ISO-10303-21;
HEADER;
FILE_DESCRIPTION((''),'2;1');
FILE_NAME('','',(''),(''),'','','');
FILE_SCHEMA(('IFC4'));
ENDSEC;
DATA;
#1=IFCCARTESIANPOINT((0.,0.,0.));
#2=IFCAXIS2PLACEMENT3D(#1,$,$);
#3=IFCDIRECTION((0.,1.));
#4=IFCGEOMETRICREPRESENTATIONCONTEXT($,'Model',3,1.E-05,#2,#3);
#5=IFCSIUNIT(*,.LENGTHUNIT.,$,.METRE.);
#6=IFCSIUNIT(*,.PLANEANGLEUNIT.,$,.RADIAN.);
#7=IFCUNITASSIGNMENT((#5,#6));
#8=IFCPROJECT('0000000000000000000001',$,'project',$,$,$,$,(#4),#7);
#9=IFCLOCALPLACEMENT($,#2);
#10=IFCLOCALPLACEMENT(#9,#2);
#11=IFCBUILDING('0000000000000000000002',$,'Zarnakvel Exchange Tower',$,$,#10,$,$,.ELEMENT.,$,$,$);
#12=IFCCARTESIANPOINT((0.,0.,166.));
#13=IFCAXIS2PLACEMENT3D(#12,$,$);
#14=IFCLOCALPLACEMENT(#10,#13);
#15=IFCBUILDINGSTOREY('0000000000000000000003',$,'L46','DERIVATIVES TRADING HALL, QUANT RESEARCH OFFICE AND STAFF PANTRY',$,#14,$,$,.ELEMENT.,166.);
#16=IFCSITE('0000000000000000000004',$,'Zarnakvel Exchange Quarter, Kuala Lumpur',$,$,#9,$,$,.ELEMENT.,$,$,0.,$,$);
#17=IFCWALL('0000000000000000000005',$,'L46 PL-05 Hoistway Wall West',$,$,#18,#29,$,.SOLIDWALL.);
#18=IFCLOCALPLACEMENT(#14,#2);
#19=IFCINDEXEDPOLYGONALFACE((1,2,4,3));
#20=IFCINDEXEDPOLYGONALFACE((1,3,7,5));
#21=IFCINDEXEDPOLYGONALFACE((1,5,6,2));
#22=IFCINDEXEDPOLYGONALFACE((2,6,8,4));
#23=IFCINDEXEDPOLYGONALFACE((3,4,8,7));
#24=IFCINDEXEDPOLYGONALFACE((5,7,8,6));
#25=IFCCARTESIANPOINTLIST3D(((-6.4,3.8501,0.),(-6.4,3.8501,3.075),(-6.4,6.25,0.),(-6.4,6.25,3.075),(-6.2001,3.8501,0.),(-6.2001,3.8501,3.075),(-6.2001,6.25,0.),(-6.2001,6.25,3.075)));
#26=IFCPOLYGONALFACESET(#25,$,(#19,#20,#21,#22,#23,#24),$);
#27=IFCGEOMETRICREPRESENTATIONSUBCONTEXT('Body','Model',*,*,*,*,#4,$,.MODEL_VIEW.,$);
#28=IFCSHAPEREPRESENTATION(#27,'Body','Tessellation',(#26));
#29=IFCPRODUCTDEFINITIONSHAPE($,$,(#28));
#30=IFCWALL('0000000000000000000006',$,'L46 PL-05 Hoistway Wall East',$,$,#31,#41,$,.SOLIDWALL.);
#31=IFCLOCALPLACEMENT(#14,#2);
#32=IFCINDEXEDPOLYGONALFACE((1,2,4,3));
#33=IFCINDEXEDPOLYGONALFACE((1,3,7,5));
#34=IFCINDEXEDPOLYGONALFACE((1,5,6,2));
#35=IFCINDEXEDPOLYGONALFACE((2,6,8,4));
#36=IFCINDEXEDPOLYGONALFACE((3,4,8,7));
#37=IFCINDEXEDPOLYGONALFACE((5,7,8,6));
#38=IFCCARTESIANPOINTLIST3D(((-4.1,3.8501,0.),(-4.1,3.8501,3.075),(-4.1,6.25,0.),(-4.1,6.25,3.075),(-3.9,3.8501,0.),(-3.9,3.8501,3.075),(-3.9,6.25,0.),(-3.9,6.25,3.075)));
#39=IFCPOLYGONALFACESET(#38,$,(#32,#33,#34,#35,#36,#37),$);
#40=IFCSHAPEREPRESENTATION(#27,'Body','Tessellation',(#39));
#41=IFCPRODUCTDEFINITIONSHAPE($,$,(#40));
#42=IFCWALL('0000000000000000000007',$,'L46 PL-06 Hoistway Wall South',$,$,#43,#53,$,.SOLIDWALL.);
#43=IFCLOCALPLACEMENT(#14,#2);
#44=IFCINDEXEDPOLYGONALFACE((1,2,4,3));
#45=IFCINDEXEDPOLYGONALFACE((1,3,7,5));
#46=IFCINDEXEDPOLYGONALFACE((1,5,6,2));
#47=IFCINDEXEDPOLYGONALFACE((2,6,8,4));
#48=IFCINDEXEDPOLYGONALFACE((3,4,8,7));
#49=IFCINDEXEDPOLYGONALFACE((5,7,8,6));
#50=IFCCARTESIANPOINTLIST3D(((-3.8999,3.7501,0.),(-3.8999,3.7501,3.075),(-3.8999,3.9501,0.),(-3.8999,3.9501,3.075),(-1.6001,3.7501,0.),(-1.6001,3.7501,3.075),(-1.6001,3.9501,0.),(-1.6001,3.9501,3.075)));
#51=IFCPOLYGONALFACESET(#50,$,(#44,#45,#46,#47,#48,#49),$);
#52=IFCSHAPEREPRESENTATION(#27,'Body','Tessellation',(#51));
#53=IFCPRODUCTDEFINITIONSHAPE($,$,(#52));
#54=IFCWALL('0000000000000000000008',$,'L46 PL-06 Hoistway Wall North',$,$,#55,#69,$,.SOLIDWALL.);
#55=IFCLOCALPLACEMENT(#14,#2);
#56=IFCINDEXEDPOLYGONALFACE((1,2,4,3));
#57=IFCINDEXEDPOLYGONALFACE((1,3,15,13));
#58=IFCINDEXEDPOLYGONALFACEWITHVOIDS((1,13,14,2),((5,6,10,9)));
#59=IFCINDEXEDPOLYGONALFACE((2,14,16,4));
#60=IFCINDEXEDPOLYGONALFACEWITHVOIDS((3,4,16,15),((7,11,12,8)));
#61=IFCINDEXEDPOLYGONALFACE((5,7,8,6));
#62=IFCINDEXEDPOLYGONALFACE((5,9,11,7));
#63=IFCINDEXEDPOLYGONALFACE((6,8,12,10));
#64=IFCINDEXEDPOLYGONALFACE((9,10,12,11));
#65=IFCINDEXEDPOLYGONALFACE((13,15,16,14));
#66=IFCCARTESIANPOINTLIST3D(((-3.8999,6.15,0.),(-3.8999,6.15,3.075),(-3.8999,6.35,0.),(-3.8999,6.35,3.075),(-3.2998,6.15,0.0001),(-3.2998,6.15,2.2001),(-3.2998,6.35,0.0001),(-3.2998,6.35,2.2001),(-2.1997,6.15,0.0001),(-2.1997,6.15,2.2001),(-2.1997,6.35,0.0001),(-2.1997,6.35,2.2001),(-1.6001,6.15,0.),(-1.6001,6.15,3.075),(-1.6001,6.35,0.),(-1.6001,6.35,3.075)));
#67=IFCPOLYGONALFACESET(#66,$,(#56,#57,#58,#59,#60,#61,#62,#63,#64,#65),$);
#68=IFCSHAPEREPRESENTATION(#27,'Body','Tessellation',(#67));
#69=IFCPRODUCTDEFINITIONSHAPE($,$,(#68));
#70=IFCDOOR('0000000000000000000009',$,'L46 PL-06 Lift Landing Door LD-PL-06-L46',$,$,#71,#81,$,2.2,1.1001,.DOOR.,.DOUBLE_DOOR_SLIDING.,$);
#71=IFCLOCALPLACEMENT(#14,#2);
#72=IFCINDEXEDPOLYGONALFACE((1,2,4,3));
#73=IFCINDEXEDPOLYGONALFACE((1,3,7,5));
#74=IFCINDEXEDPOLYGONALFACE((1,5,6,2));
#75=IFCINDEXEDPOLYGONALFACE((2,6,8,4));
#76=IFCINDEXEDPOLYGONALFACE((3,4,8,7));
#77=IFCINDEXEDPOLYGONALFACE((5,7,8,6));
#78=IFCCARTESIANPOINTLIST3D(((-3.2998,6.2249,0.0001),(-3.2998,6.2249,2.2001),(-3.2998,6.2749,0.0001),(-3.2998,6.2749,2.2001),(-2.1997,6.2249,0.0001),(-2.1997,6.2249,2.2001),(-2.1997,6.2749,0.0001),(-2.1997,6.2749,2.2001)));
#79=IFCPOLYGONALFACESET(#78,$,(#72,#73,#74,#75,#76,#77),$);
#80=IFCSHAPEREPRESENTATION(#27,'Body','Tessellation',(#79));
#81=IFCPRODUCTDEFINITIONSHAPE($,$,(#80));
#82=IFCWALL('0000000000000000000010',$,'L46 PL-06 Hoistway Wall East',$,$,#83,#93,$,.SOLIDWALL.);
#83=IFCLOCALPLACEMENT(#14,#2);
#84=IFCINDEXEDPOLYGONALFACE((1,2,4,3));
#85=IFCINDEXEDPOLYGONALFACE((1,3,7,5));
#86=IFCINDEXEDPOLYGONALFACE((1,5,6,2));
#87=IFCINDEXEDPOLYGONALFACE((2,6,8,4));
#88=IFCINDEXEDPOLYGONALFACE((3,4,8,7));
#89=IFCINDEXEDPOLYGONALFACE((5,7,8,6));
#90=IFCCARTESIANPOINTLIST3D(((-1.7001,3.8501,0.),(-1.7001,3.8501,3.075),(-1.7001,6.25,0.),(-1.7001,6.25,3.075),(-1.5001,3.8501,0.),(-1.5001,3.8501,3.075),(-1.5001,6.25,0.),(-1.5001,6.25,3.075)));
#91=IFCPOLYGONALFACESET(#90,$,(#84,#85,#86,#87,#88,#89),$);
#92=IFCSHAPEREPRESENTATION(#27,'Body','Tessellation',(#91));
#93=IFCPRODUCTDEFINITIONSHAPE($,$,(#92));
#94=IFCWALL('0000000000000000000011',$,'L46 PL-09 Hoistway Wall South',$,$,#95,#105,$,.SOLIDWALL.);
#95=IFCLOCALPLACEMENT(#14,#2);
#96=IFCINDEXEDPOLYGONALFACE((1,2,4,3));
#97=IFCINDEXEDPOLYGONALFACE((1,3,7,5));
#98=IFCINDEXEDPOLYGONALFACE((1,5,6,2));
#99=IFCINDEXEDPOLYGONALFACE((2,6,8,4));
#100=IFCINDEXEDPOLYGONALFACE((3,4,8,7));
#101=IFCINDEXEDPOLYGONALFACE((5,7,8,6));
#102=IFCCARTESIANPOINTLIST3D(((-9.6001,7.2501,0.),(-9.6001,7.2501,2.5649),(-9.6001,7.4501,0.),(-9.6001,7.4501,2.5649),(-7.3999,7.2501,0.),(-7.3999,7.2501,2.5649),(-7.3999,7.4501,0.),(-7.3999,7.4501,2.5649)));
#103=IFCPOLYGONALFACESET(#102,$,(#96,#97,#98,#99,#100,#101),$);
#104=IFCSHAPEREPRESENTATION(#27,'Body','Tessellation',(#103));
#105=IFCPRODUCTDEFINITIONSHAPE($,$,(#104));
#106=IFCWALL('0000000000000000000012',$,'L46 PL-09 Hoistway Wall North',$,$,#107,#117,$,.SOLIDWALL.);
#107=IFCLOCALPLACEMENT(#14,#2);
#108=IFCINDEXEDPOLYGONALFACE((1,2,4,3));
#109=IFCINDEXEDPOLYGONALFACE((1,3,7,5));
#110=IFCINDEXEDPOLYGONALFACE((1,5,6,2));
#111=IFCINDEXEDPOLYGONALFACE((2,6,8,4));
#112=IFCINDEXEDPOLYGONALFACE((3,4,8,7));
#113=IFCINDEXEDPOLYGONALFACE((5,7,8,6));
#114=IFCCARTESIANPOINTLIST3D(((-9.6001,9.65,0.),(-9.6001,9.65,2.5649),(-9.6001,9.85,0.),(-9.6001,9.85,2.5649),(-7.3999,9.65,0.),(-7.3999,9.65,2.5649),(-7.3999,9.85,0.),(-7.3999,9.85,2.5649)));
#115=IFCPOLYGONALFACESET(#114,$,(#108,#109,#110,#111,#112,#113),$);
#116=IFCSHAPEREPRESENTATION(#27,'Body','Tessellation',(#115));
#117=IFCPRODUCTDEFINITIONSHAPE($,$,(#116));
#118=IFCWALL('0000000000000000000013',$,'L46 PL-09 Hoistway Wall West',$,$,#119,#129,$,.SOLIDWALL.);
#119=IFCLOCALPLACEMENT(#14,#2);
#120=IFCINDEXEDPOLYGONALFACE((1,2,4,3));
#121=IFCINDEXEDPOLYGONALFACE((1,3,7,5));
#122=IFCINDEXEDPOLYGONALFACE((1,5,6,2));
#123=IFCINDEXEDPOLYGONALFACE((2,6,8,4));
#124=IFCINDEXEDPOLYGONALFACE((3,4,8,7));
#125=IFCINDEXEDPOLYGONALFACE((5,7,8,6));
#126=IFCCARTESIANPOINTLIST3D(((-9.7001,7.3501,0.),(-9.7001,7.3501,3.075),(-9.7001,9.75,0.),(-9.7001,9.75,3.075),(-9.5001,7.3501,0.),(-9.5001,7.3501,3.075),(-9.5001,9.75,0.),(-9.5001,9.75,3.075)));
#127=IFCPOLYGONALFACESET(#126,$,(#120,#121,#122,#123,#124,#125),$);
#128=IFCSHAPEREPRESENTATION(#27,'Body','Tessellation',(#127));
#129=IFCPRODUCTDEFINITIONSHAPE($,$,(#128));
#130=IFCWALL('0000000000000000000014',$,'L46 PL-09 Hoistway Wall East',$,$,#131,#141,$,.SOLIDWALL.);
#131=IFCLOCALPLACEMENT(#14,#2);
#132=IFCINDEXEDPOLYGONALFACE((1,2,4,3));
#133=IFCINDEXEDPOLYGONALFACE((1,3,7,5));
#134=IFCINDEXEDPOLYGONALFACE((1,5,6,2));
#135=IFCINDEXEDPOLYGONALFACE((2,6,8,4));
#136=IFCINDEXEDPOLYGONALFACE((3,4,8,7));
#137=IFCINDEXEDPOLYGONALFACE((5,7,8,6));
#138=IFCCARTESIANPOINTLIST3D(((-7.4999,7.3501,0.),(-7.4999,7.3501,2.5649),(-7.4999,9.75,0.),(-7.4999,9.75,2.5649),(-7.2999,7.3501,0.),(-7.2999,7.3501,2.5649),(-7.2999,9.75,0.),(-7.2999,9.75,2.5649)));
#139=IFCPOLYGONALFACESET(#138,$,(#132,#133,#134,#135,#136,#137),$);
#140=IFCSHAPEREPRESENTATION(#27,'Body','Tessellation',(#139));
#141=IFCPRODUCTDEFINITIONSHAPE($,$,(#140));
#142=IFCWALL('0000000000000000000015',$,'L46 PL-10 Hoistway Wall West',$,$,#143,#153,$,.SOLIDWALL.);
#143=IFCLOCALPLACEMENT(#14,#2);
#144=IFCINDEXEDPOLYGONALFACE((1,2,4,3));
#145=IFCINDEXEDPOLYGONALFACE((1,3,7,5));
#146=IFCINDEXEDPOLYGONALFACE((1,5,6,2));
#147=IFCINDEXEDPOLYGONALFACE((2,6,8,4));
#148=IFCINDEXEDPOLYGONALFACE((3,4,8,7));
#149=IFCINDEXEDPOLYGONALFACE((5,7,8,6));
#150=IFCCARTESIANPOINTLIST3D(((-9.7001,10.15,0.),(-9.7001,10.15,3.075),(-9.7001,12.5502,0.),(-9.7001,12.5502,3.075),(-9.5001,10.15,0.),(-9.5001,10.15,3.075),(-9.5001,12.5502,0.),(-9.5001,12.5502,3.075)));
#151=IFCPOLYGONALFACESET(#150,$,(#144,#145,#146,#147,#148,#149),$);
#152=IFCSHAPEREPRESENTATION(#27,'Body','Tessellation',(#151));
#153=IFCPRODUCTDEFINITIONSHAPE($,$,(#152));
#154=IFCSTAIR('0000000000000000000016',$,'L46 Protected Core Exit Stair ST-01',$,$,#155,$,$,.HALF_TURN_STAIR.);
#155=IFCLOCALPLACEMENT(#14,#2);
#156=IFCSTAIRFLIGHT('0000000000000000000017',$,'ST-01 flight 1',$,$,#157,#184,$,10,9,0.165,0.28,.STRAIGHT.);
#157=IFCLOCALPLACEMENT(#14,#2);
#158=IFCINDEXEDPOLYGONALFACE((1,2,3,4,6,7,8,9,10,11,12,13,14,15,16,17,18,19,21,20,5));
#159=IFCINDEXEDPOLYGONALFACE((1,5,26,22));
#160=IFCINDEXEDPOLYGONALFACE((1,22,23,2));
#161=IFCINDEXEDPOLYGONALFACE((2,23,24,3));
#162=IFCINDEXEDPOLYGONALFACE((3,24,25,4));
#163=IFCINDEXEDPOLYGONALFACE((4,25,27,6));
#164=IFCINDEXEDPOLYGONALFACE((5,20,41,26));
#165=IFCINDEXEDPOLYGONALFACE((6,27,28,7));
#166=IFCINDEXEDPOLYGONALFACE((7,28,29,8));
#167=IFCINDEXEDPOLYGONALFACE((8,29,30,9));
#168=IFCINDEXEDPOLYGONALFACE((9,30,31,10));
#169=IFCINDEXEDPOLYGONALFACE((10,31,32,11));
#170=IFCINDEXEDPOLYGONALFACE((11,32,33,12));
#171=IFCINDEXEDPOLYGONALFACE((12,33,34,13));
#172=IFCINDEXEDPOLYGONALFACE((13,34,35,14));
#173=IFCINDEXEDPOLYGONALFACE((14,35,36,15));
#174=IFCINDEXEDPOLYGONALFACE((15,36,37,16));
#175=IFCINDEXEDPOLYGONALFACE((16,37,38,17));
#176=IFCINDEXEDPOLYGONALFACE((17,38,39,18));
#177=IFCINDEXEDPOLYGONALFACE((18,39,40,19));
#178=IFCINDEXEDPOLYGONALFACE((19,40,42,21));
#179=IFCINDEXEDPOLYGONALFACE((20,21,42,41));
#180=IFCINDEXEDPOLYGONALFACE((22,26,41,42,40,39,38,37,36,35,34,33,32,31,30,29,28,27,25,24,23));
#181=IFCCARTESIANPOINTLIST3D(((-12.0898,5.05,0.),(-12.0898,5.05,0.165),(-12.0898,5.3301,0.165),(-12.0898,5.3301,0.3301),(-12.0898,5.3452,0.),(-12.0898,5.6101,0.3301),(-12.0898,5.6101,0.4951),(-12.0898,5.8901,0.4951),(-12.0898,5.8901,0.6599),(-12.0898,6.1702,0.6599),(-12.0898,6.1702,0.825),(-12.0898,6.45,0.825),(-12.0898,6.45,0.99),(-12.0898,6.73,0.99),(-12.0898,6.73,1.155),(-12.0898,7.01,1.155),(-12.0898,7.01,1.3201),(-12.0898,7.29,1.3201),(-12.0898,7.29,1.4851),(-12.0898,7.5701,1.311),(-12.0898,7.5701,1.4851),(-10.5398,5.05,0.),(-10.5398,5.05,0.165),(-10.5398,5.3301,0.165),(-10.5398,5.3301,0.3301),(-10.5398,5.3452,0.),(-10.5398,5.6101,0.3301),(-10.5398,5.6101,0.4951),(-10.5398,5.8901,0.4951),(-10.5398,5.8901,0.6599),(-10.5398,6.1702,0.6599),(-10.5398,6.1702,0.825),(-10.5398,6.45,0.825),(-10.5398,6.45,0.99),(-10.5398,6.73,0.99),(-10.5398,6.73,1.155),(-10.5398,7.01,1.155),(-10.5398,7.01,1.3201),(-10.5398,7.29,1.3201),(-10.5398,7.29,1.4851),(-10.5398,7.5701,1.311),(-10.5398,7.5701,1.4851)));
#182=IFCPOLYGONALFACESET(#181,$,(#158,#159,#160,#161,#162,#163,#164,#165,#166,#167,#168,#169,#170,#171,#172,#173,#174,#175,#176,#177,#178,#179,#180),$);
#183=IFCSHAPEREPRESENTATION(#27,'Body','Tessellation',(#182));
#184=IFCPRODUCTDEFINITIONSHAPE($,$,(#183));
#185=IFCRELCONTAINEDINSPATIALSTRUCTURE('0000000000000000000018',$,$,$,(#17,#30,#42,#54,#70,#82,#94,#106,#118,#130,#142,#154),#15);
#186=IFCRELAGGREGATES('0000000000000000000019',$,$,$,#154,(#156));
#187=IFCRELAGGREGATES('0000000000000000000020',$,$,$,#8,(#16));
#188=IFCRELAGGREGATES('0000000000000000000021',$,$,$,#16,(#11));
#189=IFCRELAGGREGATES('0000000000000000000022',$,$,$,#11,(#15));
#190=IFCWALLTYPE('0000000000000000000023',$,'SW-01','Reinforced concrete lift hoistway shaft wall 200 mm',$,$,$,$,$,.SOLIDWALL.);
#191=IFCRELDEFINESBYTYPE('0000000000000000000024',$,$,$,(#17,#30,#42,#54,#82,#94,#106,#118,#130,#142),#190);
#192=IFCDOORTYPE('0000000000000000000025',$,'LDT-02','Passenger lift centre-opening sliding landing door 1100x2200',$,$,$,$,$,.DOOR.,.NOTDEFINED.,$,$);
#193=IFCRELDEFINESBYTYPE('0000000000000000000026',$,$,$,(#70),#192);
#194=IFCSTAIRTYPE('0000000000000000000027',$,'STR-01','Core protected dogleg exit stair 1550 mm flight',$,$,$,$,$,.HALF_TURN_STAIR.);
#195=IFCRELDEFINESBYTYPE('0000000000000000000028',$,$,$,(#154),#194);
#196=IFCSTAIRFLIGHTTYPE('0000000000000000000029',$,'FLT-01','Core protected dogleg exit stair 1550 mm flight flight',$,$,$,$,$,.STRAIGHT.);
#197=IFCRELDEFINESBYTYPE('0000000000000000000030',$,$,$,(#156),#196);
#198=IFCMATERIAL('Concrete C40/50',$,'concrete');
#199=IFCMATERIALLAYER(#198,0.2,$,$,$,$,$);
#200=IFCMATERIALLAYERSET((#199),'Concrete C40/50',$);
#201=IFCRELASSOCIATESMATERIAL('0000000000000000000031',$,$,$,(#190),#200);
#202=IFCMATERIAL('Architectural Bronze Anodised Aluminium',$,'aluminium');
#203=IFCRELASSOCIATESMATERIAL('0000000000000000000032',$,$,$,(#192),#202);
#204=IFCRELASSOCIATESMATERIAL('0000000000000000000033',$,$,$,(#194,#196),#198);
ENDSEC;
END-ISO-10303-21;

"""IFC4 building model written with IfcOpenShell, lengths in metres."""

from ifc_helpers import new_model, si_unit, direction, frame, frame_2d, origin, place, context, subcontext, project, spatial, polyline, rectangle, outline, extrude, source, transform, mapped, material, layer, layer_set, type_object, element, fill, aggregate, save


model = new_model("IFC4")

# Units and contexts
model_context = context("Model", 3, precision=1e-05, world=origin(), true_north=direction((0.0, 1.0)))
body_context = subcontext(model_context, "Body", "Model", "MODEL_VIEW")
ifc_project = project(units=[si_unit("LENGTHUNIT", "METRE"), si_unit("PLANEANGLEUNIT", "RADIAN")], contexts=[model_context])

# Site, building, storey
site_placement = place(None, origin())
site = spatial("IfcSite", under=ifc_project, at=site_placement, Name="Zarnakvel Exchange Quarter, Kuala Lumpur", CompositionType="ELEMENT", RefElevation=0.0)
building_placement = place(site_placement, origin())
building = spatial("IfcBuilding", under=site, at=building_placement, Name="Zarnakvel Exchange Tower", CompositionType="ELEMENT")
storey_placement = place(building_placement, frame((0.0, 0.0, 166.0)))
storey = spatial("IfcBuildingStorey", under=building, at=storey_placement, Name="L46", Description="DERIVATIVES TRADING HALL, QUANT RESEARCH OFFICE AND STAFF PANTRY", CompositionType="ELEMENT", Elevation=166.0)

# Shared definitions
ifc_material_1 = material(Name="Concrete C40/50", Category="concrete")
ifc_layer_1 = layer(ifc_material_1, 0.2)
ifc_layer_set_1 = layer_set([ifc_layer_1], Name="Concrete C40/50")
wall_type_1 = type_object("IfcWallType", Name="SW-01", Description="Reinforced concrete lift hoistway shaft wall 200 mm", PredefinedType="SOLIDWALL", material=ifc_layer_set_1)
shared_shape_1 = source(origin(), body_context, "Body", "SweptSolid", [
    extrude(rectangle(XDim=1.1001, YDim=2.2, at=frame_2d((0.55, 1.1001))), frame((0.0, 0.0249, 0.0), z_axis=(0.0, -1.0, 0.0), x_axis=(1.0, 0.0, 0.0)), (0.0, 0.0, 1.0), 0.05),
])

# Shared definitions
ifc_material_2 = material(Name="Architectural Bronze Anodised Aluminium", Category="aluminium")
door_type_1 = type_object("IfcDoorType", Name="LDT-02", Description="Passenger lift centre-opening sliding landing door 1100x2200", OperationType="NOTDEFINED", PredefinedType="DOOR", material=ifc_material_2)

# Walls
for number, where, z_axis, x_axis, name in (
    (1, (-6.3, 3.8501, 0.0), (0.0, 0.0, 1.0), (0.0, 1.0, 0.0), "L46 PL-05 Hoistway Wall West"),
    (2, (-4.0, 6.25, 0.0), (0.0, 0.0, 1.0), (0.0, -1.0, 0.0), "L46 PL-05 Hoistway Wall East"),
):
    element("IfcWall", number, at=place(storey_placement, frame(where, z_axis=z_axis, x_axis=x_axis)), inside=storey, type_object=wall_type_1, Name=name, PredefinedType="SOLIDWALL", context=body_context, shape_type="SweptSolid", body=[
        extrude(rectangle(XDim=2.3999, YDim=0.2, at=frame_2d((1.2, 0.0))), origin(), (0.0, 0.0, 1.0), 3.075),
    ])
wall_1_placement = place(storey_placement, frame((-1.6001, 3.8501, 0.0), z_axis=(0.0, 0.0, 1.0), x_axis=(-1.0, 0.0, 0.0)))
element("IfcWall", 3, at=wall_1_placement, inside=storey, type_object=wall_type_1, Name="L46 PL-06 Hoistway Wall South", PredefinedType="SOLIDWALL", context=body_context, shape_type="SweptSolid", body=[
    extrude(rectangle(XDim=2.2998, YDim=0.2, at=frame_2d((1.1499, 0.0))), origin(), (0.0, 0.0, 1.0), 3.075),
])

# Wall, opening, door
wall_2_placement = place(storey_placement, frame((-3.8999, 6.25, 0.0), z_axis=(0.0, 0.0, 1.0), x_axis=(1.0, 0.0, 0.0)))
wall_2 = element("IfcWall", 4, at=wall_2_placement, inside=storey, type_object=wall_type_1, Name="L46 PL-06 Hoistway Wall North", PredefinedType="SOLIDWALL", context=body_context, shape_type="SweptSolid", body=[
    extrude(rectangle(XDim=2.2998, YDim=0.2, at=frame_2d((1.1499, 0.0))), origin(), (0.0, 0.0, 1.0), 3.075),
])
opening_1_placement = place(wall_2_placement, frame((0.6001, 0.0, 0.0)))
opening_1 = element("IfcOpeningElement", 5, at=opening_1_placement, cuts=wall_2, PredefinedType="OPENING", context=body_context, shape_type="SweptSolid", body=[
    extrude(rectangle(XDim=1.1001, YDim=2.2, at=frame_2d((0.55, 1.1001))), frame((0.0, 0.1099, 0.0), z_axis=(0.0, -1.0, 0.0), x_axis=(1.0, 0.0, 0.0)), (0.0, 0.0, 1.0), 0.22),
])
door_1_placement = place(opening_1_placement, origin())
door_1 = element("IfcDoor", 6, at=door_1_placement, inside=storey, type_object=door_type_1, Name="L46 PL-06 Lift Landing Door LD-PL-06-L46", OperationType="DOUBLE_DOOR_SLIDING", OverallHeight=2.2, OverallWidth=1.1001, PredefinedType="DOOR", context=body_context, shape_type="MappedRepresentation", body=[
    mapped(shared_shape_1, transform((0.0, 0.0, 0.0), x_axis=(1.0, 0.0, 0.0), y_axis=(0.0, 1.0, 0.0), z_axis=(0.0, 0.0, 1.0), scale=1.0)),
])
fill(opening_1, door_1)

# Walls
wall_3_placement = place(storey_placement, frame((-1.6001, 6.25, 0.0), z_axis=(0.0, 0.0, 1.0), x_axis=(0.0, -1.0, 0.0)))
element("IfcWall", 7, at=wall_3_placement, inside=storey, type_object=wall_type_1, Name="L46 PL-06 Hoistway Wall East", PredefinedType="SOLIDWALL", context=body_context, shape_type="SweptSolid", body=[
    extrude(rectangle(XDim=2.3999, YDim=0.2, at=frame_2d((1.2, 0.0))), origin(), (0.0, 0.0, 1.0), 3.075),
])
for number, where, z_axis, x_axis, name in (
    (8, (-7.3999, 7.3501, 0.0), (0.0, 0.0, 1.0), (-1.0, 0.0, 0.0), "L46 PL-09 Hoistway Wall South"),
    (9, (-9.6001, 9.75, 0.0), (0.0, 0.0, 1.0), (1.0, 0.0, 0.0), "L46 PL-09 Hoistway Wall North"),
):
    element("IfcWall", number, at=place(storey_placement, frame(where, z_axis=z_axis, x_axis=x_axis)), inside=storey, type_object=wall_type_1, Name=name, PredefinedType="SOLIDWALL", context=body_context, shape_type="SweptSolid", body=[
        extrude(rectangle(XDim=2.2002, YDim=0.2, at=frame_2d((1.1001, 0.0))), origin(), (0.0, 0.0, 1.0), 2.5649),
    ])
wall_4_placement = place(storey_placement, frame((-9.6001, 7.3501, 0.0), z_axis=(0.0, 0.0, 1.0), x_axis=(0.0, 1.0, 0.0)))
element("IfcWall", 10, at=wall_4_placement, inside=storey, type_object=wall_type_1, Name="L46 PL-09 Hoistway Wall West", PredefinedType="SOLIDWALL", context=body_context, shape_type="SweptSolid", body=[
    extrude(rectangle(XDim=2.3999, YDim=0.2, at=frame_2d((1.2, 0.0))), origin(), (0.0, 0.0, 1.0), 3.075),
])
wall_5_placement = place(storey_placement, frame((-7.3999, 9.75, 0.0), z_axis=(0.0, 0.0, 1.0), x_axis=(0.0, -1.0, 0.0)))
element("IfcWall", 11, at=wall_5_placement, inside=storey, type_object=wall_type_1, Name="L46 PL-09 Hoistway Wall East", PredefinedType="SOLIDWALL", context=body_context, shape_type="SweptSolid", body=[
    extrude(rectangle(XDim=2.3999, YDim=0.2, at=frame_2d((1.2, 0.0))), origin(), (0.0, 0.0, 1.0), 2.5649),
])
wall_6_placement = place(storey_placement, frame((-9.6001, 10.1499, 0.0), z_axis=(0.0, 0.0, 1.0), x_axis=(0.0, 1.0, 0.0)))
element("IfcWall", 12, at=wall_6_placement, inside=storey, type_object=wall_type_1, Name="L46 PL-10 Hoistway Wall West", PredefinedType="SOLIDWALL", context=body_context, shape_type="SweptSolid", body=[
    extrude(rectangle(XDim=2.4001, YDim=0.2, at=frame_2d((1.2002, 0.0))), origin(), (0.0, 0.0, 1.0), 3.075),
])

# Stair, stair flight
stair_type = type_object("IfcStairType", Name="STR-01", Description="Core protected dogleg exit stair 1550 mm flight", PredefinedType="HALF_TURN_STAIR", material=ifc_material_1)
stair_placement = place(storey_placement, origin())
stair = element("IfcStair", 13, at=stair_placement, inside=storey, type_object=stair_type, Name="L46 Protected Core Exit Stair ST-01", PredefinedType="HALF_TURN_STAIR")
stair_flight_type = type_object("IfcStairFlightType", Name="FLT-01", Description="Core protected dogleg exit stair 1550 mm flight flight", PredefinedType="STRAIGHT", material=ifc_material_1)
stair_flight_placement = place(storey_placement, frame((-11.3149, 5.05, 0.0), z_axis=(0.0, 0.0, 1.0), x_axis=(0.0, 1.0, 0.0)))
stair_flight = element("IfcStairFlight", 14, at=stair_flight_placement, type_object=stair_flight_type, Name="ST-01 flight 1", NumberOfRisers=10, NumberOfTreads=9, PredefinedType="STRAIGHT", RiserHeight=0.165, TreadLength=0.28, context=body_context, shape_type="SweptSolid", body=[
    extrude(outline(polyline([(0.0, 0.0), (0.0, 0.165), (0.28, 0.165), (0.28, 0.3301), (0.5601, 0.3301), (0.5601, 0.4951), (0.8401, 0.4951), (0.8401, 0.6599), (1.1201, 0.6599), (1.1201, 0.825), (1.3999, 0.825), (1.3999, 0.99), (1.6799, 0.99), (1.6799, 1.155), (1.96, 1.155), (1.96, 1.3201), (2.24, 1.3201), (2.24, 1.4851), (2.52, 1.4851), (2.52, 1.6499), (2.52, 1.311), (0.2952, 0.0), (0.0, 0.0)])), frame((0.0, 0.7749, 0.0), z_axis=(0.0, -1.0, 0.0), x_axis=(1.0, 0.0, 0.0)), (0.0, 0.0, 1.0), 1.55),
])
aggregate(stair, [stair_flight])

save(model, "model.ifc")
